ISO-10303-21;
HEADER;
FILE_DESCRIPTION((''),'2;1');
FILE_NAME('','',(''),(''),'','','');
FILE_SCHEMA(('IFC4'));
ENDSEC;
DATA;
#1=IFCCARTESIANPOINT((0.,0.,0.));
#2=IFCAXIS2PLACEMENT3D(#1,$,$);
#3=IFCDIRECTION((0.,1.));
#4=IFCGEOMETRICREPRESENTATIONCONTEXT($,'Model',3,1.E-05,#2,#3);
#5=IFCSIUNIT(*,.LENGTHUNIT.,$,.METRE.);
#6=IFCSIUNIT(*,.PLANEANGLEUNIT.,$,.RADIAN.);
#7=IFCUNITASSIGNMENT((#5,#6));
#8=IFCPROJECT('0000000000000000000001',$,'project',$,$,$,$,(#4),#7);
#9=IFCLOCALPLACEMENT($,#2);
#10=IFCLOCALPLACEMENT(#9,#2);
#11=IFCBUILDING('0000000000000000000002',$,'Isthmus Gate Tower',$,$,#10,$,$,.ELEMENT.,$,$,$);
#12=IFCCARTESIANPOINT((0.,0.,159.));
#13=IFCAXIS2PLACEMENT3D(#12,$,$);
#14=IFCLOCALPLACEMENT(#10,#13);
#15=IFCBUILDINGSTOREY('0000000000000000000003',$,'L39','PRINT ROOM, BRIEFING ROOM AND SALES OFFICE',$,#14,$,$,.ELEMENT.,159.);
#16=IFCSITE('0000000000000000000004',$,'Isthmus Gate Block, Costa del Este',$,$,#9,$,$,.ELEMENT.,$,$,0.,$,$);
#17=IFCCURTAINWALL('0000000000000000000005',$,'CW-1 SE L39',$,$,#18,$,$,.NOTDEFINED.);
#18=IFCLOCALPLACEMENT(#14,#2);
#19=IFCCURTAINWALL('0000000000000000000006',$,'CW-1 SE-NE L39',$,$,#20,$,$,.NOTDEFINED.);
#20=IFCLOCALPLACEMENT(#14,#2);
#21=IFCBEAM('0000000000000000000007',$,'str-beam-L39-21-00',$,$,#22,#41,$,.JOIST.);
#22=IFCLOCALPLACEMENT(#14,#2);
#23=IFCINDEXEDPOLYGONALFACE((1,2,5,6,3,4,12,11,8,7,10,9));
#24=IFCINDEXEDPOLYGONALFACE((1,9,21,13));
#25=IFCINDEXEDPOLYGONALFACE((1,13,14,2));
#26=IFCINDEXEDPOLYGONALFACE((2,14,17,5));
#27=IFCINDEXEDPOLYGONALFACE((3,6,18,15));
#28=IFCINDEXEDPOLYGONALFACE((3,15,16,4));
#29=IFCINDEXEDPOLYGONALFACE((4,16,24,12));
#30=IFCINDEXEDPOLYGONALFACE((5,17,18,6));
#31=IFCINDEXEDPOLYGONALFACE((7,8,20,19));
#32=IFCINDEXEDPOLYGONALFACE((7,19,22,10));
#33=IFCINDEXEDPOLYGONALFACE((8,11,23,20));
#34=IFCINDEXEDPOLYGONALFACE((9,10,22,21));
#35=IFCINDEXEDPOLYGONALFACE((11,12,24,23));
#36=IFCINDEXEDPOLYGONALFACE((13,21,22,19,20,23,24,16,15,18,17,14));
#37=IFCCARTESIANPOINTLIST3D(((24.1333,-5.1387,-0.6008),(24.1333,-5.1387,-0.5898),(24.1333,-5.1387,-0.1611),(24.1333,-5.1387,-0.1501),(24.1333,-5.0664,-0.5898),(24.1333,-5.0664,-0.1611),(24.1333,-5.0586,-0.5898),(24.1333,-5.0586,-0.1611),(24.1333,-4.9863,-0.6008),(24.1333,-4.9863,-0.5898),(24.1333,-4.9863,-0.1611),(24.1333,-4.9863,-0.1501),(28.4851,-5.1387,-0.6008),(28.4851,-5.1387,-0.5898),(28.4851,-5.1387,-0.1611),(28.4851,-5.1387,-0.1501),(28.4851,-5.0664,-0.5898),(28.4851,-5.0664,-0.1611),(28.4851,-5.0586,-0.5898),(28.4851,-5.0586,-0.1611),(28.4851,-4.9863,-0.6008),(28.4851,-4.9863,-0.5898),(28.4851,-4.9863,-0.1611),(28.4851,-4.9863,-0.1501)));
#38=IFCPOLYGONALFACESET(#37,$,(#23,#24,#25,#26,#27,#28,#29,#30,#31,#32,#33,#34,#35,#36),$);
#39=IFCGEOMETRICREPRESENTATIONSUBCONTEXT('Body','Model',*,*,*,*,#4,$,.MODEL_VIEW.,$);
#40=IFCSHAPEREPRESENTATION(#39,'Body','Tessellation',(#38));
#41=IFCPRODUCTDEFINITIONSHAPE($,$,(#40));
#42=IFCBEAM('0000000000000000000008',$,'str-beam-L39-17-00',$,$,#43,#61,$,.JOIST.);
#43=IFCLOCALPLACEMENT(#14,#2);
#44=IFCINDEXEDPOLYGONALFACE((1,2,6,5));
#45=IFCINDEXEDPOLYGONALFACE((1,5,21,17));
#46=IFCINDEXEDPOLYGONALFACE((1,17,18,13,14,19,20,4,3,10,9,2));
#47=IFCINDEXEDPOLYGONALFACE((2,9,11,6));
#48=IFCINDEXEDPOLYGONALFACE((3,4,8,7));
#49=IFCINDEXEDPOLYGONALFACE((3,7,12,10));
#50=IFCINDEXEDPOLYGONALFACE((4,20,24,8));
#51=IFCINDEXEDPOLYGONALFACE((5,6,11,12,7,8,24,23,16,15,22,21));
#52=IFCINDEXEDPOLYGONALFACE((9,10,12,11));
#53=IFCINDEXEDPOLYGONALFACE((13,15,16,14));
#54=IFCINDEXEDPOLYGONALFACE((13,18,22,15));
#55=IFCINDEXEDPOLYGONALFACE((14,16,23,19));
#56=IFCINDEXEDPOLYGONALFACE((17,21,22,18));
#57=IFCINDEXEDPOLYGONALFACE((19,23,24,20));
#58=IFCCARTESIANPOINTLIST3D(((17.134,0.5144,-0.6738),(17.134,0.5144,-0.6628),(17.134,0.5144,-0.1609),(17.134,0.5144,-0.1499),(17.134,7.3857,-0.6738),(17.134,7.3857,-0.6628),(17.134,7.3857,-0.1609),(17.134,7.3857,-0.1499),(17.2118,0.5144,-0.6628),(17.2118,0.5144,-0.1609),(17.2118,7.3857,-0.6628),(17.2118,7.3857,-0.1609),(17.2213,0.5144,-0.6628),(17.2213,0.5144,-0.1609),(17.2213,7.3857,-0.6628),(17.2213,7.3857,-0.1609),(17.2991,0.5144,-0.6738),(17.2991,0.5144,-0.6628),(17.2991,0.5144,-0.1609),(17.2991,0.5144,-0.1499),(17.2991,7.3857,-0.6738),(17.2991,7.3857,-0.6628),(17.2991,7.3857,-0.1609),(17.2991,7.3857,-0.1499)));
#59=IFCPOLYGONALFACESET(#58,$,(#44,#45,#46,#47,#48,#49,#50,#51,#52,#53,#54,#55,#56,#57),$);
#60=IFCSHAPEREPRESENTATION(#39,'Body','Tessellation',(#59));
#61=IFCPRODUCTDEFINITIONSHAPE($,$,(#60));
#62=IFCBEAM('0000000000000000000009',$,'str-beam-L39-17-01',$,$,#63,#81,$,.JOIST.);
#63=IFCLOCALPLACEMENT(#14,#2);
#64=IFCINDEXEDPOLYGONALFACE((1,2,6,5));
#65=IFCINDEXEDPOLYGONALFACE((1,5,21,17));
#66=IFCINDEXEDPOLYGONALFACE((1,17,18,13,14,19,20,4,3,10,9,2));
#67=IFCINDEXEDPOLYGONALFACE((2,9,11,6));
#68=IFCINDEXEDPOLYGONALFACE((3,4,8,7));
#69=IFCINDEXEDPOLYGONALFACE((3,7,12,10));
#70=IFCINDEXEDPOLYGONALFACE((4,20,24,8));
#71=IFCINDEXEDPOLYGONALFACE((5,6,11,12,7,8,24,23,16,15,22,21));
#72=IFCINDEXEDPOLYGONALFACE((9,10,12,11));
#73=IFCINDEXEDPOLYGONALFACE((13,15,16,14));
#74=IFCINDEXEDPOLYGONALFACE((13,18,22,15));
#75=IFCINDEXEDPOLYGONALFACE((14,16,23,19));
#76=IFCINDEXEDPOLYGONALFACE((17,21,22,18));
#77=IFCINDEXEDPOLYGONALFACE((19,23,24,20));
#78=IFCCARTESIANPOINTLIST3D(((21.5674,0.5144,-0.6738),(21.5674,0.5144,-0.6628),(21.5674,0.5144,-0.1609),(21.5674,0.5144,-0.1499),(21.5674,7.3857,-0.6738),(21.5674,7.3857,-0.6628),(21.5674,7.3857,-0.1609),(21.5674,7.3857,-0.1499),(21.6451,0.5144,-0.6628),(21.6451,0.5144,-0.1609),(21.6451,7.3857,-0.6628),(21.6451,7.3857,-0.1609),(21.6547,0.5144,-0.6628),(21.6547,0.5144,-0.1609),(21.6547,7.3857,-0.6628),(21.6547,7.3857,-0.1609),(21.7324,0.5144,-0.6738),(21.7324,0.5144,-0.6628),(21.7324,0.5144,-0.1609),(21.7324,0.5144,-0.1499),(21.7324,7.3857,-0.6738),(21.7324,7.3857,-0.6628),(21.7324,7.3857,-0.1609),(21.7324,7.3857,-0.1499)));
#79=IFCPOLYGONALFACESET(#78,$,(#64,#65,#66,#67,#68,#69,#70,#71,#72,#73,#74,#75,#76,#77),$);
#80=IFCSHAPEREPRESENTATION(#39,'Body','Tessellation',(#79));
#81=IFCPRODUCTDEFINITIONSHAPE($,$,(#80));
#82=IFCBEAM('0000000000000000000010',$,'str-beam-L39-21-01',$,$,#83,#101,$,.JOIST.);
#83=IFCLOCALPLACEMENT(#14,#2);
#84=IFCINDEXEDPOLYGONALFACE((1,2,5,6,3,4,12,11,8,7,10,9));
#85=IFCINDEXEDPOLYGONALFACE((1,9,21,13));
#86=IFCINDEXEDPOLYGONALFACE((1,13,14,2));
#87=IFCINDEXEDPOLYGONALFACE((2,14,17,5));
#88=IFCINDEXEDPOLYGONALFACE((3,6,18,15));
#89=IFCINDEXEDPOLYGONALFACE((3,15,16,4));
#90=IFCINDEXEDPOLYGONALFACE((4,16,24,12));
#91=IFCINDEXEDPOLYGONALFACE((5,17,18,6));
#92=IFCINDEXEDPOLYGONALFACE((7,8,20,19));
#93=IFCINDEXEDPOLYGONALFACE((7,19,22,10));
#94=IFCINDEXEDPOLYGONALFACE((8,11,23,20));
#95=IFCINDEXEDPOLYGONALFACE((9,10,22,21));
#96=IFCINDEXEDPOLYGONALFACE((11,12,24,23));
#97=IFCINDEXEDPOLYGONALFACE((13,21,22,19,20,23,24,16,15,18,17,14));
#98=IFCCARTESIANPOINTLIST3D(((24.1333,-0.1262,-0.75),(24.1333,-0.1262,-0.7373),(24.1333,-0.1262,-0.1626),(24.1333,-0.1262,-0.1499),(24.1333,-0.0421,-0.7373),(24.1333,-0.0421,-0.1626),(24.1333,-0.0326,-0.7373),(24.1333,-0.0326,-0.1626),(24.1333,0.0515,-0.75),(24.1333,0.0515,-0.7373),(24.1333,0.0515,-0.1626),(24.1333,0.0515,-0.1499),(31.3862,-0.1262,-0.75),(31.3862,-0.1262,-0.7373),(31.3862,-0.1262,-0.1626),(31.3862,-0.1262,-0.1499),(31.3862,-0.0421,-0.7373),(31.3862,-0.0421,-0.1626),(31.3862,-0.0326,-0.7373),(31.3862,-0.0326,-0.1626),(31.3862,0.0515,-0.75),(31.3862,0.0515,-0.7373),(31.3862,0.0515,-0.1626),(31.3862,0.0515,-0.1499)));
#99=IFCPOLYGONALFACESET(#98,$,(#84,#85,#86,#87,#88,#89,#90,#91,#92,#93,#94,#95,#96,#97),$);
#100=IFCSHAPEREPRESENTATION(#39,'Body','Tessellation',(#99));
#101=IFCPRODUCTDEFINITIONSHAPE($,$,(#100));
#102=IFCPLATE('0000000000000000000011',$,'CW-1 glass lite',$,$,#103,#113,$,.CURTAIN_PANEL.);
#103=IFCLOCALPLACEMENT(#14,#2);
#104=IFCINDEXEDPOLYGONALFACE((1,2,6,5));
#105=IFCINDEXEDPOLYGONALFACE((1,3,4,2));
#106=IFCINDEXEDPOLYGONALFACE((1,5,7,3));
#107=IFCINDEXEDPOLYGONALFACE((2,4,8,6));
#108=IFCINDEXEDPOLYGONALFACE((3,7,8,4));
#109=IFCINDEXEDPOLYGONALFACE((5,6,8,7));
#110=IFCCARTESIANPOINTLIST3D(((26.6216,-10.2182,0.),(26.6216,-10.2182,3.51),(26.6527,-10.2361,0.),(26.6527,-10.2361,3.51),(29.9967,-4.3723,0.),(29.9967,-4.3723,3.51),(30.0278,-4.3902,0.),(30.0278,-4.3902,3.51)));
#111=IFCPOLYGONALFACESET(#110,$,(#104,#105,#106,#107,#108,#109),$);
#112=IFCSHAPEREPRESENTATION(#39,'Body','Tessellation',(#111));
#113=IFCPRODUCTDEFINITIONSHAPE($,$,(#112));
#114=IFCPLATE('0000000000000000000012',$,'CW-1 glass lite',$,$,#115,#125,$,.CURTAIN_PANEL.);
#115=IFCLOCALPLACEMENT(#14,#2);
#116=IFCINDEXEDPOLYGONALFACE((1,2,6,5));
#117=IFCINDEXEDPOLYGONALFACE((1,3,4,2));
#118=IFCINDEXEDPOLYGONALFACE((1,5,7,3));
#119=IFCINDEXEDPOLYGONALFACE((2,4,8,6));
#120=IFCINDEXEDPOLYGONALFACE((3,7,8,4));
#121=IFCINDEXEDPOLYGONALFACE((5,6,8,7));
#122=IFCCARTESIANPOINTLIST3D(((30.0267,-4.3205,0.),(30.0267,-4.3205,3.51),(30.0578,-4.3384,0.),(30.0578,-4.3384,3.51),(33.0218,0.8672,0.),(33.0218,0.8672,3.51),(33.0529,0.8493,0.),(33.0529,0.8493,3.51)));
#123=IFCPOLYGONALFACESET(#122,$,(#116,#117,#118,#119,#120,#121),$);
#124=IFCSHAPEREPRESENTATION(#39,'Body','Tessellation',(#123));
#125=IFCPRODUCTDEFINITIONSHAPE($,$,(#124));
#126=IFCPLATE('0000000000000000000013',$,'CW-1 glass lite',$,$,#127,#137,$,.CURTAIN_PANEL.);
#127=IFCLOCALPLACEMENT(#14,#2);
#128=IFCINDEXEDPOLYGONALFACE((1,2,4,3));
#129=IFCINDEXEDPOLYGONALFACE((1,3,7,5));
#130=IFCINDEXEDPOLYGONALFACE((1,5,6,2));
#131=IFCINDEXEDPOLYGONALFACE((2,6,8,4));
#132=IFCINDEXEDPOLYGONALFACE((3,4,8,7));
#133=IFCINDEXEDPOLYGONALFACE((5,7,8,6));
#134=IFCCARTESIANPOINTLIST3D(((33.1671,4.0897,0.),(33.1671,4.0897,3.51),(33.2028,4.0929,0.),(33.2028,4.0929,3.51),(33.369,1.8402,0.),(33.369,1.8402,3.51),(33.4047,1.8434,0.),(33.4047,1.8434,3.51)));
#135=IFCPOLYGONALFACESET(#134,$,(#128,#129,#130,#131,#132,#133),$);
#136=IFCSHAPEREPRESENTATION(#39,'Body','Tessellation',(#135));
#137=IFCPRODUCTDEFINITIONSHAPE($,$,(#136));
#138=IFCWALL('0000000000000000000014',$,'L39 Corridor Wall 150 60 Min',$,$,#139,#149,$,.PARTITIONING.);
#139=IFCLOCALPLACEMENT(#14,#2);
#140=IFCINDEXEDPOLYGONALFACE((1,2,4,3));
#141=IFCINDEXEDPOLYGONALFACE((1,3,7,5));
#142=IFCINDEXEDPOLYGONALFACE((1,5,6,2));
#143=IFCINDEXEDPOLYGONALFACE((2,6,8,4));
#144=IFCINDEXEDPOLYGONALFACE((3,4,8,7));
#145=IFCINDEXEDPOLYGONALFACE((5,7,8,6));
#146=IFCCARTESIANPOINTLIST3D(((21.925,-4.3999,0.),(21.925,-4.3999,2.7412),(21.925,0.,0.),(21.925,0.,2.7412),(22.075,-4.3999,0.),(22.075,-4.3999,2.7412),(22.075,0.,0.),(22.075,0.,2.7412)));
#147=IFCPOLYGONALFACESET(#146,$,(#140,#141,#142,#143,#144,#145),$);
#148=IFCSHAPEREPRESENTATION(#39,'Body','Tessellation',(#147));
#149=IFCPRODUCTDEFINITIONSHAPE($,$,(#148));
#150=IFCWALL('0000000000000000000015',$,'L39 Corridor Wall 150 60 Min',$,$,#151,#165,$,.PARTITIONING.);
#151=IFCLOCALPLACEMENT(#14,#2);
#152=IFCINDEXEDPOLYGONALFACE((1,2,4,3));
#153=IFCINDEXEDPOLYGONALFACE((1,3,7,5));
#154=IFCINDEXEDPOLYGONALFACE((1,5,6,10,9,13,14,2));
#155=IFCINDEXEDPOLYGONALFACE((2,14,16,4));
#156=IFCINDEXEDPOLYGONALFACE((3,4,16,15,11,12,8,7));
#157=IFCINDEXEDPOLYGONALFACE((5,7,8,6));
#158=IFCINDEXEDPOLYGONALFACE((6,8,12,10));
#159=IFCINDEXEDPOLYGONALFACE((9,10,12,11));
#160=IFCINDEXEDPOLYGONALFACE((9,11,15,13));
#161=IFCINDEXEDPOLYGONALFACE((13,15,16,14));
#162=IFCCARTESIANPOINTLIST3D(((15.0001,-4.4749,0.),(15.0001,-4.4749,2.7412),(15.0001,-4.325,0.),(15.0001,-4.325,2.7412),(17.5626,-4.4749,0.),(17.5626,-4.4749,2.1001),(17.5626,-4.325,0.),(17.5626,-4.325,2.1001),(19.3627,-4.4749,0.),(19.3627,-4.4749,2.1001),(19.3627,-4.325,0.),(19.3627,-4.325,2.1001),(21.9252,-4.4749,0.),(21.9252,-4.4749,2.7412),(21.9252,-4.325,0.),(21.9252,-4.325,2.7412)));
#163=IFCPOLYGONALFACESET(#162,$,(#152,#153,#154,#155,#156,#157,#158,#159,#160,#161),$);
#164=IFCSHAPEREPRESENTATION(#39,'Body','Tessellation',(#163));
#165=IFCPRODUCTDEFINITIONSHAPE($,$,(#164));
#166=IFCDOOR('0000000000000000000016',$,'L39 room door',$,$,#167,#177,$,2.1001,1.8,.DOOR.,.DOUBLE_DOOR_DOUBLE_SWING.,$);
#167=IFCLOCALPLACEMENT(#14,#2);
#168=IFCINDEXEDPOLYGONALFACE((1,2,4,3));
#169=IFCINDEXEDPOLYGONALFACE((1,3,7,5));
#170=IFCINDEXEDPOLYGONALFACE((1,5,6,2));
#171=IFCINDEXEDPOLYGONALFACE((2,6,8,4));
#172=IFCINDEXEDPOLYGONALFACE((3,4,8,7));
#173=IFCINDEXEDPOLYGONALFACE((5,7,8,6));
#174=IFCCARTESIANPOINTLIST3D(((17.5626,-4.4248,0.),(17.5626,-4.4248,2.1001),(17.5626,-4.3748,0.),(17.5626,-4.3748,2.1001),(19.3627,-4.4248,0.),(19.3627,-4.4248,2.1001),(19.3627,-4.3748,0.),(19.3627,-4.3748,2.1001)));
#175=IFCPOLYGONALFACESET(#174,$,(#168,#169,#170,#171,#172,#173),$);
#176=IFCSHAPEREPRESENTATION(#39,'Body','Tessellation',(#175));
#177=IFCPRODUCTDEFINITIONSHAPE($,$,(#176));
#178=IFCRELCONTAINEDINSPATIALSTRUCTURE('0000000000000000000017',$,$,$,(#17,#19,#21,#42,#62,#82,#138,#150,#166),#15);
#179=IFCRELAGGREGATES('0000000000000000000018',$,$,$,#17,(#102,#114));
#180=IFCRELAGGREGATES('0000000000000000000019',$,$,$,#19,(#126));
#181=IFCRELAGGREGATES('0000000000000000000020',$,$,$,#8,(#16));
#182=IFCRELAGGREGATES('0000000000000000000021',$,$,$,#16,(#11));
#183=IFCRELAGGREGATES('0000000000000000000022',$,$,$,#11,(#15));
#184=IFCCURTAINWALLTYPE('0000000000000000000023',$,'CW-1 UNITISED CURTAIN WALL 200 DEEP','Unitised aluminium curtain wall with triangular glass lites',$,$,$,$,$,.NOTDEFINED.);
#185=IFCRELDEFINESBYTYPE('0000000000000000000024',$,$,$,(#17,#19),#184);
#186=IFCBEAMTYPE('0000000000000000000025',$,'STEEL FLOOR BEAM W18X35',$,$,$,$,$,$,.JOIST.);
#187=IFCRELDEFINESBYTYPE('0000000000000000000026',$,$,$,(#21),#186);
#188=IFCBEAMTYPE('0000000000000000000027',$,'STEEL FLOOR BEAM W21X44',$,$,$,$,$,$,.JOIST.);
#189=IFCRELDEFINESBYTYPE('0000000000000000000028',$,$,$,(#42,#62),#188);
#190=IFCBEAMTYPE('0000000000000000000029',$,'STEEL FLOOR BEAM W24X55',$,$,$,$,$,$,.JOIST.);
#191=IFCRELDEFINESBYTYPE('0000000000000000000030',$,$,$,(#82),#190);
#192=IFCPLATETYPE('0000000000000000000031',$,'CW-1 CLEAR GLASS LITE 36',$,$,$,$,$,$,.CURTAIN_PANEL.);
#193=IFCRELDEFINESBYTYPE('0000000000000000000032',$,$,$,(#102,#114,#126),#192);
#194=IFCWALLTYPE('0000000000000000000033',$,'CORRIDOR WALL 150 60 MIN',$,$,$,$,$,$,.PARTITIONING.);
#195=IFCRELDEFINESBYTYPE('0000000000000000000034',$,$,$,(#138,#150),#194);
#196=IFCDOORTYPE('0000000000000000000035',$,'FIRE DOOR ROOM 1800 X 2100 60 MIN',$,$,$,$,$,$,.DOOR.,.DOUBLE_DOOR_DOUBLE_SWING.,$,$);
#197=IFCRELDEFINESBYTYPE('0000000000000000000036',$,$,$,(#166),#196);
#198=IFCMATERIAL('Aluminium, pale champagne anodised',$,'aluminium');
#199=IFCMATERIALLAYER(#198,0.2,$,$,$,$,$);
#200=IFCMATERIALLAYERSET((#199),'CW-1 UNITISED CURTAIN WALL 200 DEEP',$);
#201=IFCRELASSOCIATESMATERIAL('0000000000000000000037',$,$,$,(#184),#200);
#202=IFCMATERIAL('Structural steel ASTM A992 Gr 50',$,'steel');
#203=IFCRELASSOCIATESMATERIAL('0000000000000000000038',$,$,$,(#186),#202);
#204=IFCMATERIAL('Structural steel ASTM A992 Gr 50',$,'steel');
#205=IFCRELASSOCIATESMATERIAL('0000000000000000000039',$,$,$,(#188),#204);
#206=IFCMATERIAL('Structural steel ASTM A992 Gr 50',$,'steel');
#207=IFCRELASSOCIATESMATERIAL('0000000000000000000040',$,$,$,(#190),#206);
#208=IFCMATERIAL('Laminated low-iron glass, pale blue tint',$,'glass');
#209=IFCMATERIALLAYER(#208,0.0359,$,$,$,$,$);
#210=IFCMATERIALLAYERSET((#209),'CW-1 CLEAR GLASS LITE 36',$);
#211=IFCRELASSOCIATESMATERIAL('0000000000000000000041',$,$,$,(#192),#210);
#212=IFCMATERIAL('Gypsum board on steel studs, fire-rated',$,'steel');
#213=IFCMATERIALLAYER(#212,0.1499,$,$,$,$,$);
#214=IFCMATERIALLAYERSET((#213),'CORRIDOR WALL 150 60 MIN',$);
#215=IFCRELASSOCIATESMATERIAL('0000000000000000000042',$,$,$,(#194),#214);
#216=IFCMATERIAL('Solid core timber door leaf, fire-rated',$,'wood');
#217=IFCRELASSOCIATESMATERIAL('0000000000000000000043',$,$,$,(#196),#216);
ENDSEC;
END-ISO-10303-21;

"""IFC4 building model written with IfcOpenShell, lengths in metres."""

from ifc_helpers import new_model, si_unit, direction, frame, frame_2d, origin, origin_2d, place, context, subcontext, project, spatial, rectangle, i_section, extrude, material, layer, layer_set, material_profile, profile_set, type_object, element, fill, aggregate, save


model = new_model("IFC4")

# Units and contexts
model_context = context("Model", 3, precision=1e-05, world=origin(), true_north=direction((0.0, 1.0)))
body_context = subcontext(model_context, "Body", "Model", "MODEL_VIEW")
ifc_project = project(units=[si_unit("LENGTHUNIT", "METRE"), si_unit("PLANEANGLEUNIT", "RADIAN")], contexts=[model_context])

# Site, building, storey
site_placement = place(None, origin())
site = spatial("IfcSite", under=ifc_project, at=site_placement, Name="Isthmus Gate Block, Costa del Este", CompositionType="ELEMENT", RefElevation=0.0)
building_placement = place(site_placement, origin())
building = spatial("IfcBuilding", under=site, at=building_placement, Name="Isthmus Gate Tower", CompositionType="ELEMENT")
storey_placement = place(building_placement, frame((0.0, 0.0, 159.0)))
storey = spatial("IfcBuildingStorey", under=building, at=storey_placement, Name="L39", Description="PRINT ROOM, BRIEFING ROOM AND SALES OFFICE", CompositionType="ELEMENT", Elevation=159.0)

# Curtain walls
ifc_material_1 = material(Name="Aluminium, pale champagne anodised", Category="aluminium")
ifc_layer_1 = layer(ifc_material_1, 0.2)
ifc_layer_set_1 = layer_set([ifc_layer_1], Name="CW-1 UNITISED CURTAIN WALL 200 DEEP")
curtain_wall_type = type_object("IfcCurtainWallType", Name="CW-1 UNITISED CURTAIN WALL 200 DEEP", Description="Unitised aluminium curtain wall with triangular glass lites", PredefinedType="NOTDEFINED", material=ifc_layer_set_1)
curtain_wall_1_placement = place(storey_placement, origin())
curtain_wall_1 = element("IfcCurtainWall", 1, at=curtain_wall_1_placement, inside=storey, type_object=curtain_wall_type, Name="CW-1 SE L39", PredefinedType="NOTDEFINED")
curtain_wall_2_placement = place(storey_placement, origin())
curtain_wall_2 = element("IfcCurtainWall", 2, at=curtain_wall_2_placement, inside=storey, type_object=curtain_wall_type, Name="CW-1 SE-NE L39", PredefinedType="NOTDEFINED")

# Beams
ifc_material_2 = material(Name="Structural steel ASTM A992 Gr 50", Category="steel")
ifc_material_profile_1 = material_profile(ifc_material_2, i_section(OverallWidth=0.1523, OverallDepth=0.4507, WebThickness=0.0078, FlangeThickness=0.011, at=origin_2d()), Name="W18X35")
ifc_profile_set_1 = profile_set([ifc_material_profile_1], Name="Structural steel ASTM A992 Gr 50")
beam_type_1 = type_object("IfcBeamType", Name="STEEL FLOOR BEAM W18X35", PredefinedType="JOIST", material=ifc_profile_set_1)
beam_1_placement = place(storey_placement, frame((24.1333, -5.0625, -0.3755), z_axis=(1.0, 0.0, 0.0), x_axis=(0.0, 1.0, 0.0)))
element("IfcBeam", 3, at=beam_1_placement, inside=storey, type_object=beam_type_1, Name="str-beam-L39-21-00", PredefinedType="JOIST", context=body_context, shape_type="SweptSolid", body=[
    extrude(i_section(OverallWidth=0.1523, OverallDepth=0.4507, WebThickness=0.0078, FlangeThickness=0.011, at=origin_2d()), origin(), (0.0, 0.0, 1.0), 4.3518),
])
ifc_material_3 = material(Name="Structural steel ASTM A992 Gr 50", Category="steel")
ifc_material_profile_2 = material_profile(ifc_material_3, i_section(OverallWidth=0.165, OverallDepth=0.5239, WebThickness=0.0095, FlangeThickness=0.011, at=origin_2d()), Name="W21X44")
ifc_profile_set_2 = profile_set([ifc_material_profile_2], Name="Structural steel ASTM A992 Gr 50")
beam_type_2 = type_object("IfcBeamType", Name="STEEL FLOOR BEAM W21X44", PredefinedType="JOIST", material=ifc_profile_set_2)
for number, where, z_axis, x_axis, name in (
    (4, (17.2166, 0.5144, -0.4119), (0.0, 1.0, 0.0), (-1.0, 0.0, 0.0), "str-beam-L39-17-00"),
    (5, (21.6499, 0.5144, -0.4119), (0.0, 1.0, 0.0), (-1.0, 0.0, 0.0), "str-beam-L39-17-01"),
):
    element("IfcBeam", number, at=place(storey_placement, frame(where, z_axis=z_axis, x_axis=x_axis)), inside=storey, type_object=beam_type_2, Name=name, PredefinedType="JOIST", context=body_context, shape_type="SweptSolid", body=[
        extrude(i_section(OverallWidth=0.165, OverallDepth=0.5239, WebThickness=0.0095, FlangeThickness=0.011, at=origin_2d()), origin(), (0.0, 0.0, 1.0), 6.8713),
    ])
ifc_material_4 = material(Name="Structural steel ASTM A992 Gr 50", Category="steel")
ifc_material_profile_3 = material_profile(ifc_material_4, i_section(OverallWidth=0.1777, OverallDepth=0.6001, WebThickness=0.0095, FlangeThickness=0.0127, at=origin_2d()), Name="W24X55")
ifc_profile_set_3 = profile_set([ifc_material_profile_3], Name="Structural steel ASTM A992 Gr 50")
beam_type_3 = type_object("IfcBeamType", Name="STEEL FLOOR BEAM W24X55", PredefinedType="JOIST", material=ifc_profile_set_3)
beam_2_placement = place(storey_placement, frame((24.1333, -0.0374, -0.45), z_axis=(1.0, 0.0, 0.0), x_axis=(0.0, 1.0, 0.0)))
element("IfcBeam", 6, at=beam_2_placement, inside=storey, type_object=beam_type_3, Name="str-beam-L39-21-01", PredefinedType="JOIST", context=body_context, shape_type="SweptSolid", body=[
    extrude(i_section(OverallWidth=0.1777, OverallDepth=0.6001, WebThickness=0.0095, FlangeThickness=0.0127, at=origin_2d()), origin(), (0.0, 0.0, 1.0), 7.2529),
])

# Plates
ifc_material_5 = material(Name="Laminated low-iron glass, pale blue tint", Category="glass")
ifc_layer_2 = layer(ifc_material_5, 0.0359)
ifc_layer_set_2 = layer_set([ifc_layer_2], Name="CW-1 CLEAR GLASS LITE 36")
plate_type = type_object("IfcPlateType", Name="CW-1 CLEAR GLASS LITE 36", PredefinedType="CURTAIN_PANEL", material=ifc_layer_set_2)
plate_1_placement = place(storey_placement, frame((28.3247, -7.3042, 0.0), z_axis=(0.0, 0.0, 1.0), x_axis=(0.5, 0.866025, 0.0)))
plate_1 = element("IfcPlate", 7, at=plate_1_placement, type_object=plate_type, Name="CW-1 glass lite", PredefinedType="CURTAIN_PANEL", context=body_context, shape_type="SweptSolid", body=[
    extrude(rectangle(XDim=6.7502, YDim=0.0359, at=origin_2d()), origin(), (0.0, 0.0, 1.0), 3.51),
])
plate_2_placement = place(storey_placement, frame((31.5398, -1.7356, 0.0), z_axis=(0.0, 0.0, 1.0), x_axis=(0.5, 0.866025, 0.0)))
plate_2 = element("IfcPlate", 8, at=plate_2_placement, type_object=plate_type, Name="CW-1 glass lite", PredefinedType="CURTAIN_PANEL", context=body_context, shape_type="SweptSolid", body=[
    extrude(rectangle(XDim=5.9902, YDim=0.0359, at=origin_2d()), origin(), (0.0, 0.0, 1.0), 3.51),
])
aggregate(curtain_wall_1, [plate_1, plate_2])
plate_3_placement = place(storey_placement, frame((33.2859, 2.9666, 0.0), z_axis=(0.0, 0.0, 1.0), x_axis=(-0.089397, 0.995996, 0.0)))
plate_3 = element("IfcPlate", 9, at=plate_3_placement, type_object=plate_type, Name="CW-1 glass lite", PredefinedType="CURTAIN_PANEL", context=body_context, shape_type="SweptSolid", body=[
    extrude(rectangle(XDim=2.2585, YDim=0.0359, at=origin_2d()), origin(), (0.0, 0.0, 1.0), 3.51),
])
aggregate(curtain_wall_2, [plate_3])

# Wall
ifc_material_6 = material(Name="Gypsum board on steel studs, fire-rated", Category="steel")
ifc_layer_3 = layer(ifc_material_6, 0.1499)
ifc_layer_set_3 = layer_set([ifc_layer_3], Name="CORRIDOR WALL 150 60 MIN")
wall_type_1 = type_object("IfcWallType", Name="CORRIDOR WALL 150 60 MIN", PredefinedType="PARTITIONING", material=ifc_layer_set_3)
wall_1_placement = place(storey_placement, frame((22.0, 0.0, 0.0), z_axis=(0.0, 0.0, 1.0), x_axis=(0.0, -1.0, 0.0)))
element("IfcWall", 10, at=wall_1_placement, inside=storey, type_object=wall_type_1, Name="L39 Corridor Wall 150 60 Min", PredefinedType="PARTITIONING", context=body_context, shape_type="SweptSolid", body=[
    extrude(rectangle(XDim=4.3999, YDim=0.1499, at=frame_2d((2.2, 0.0))), origin(), (0.0, 0.0, 1.0), 2.7412),
])

# Wall, opening, door
wall_2_placement = place(storey_placement, frame((21.925, -4.3999, 0.0), z_axis=(0.0, 0.0, 1.0), x_axis=(-1.0, 0.0, 0.0)))
wall_2 = element("IfcWall", 11, at=wall_2_placement, inside=storey, type_object=wall_type_1, Name="L39 Corridor Wall 150 60 Min", PredefinedType="PARTITIONING", context=body_context, shape_type="SweptSolid", body=[
    extrude(rectangle(XDim=6.925, YDim=0.1499, at=frame_2d((3.4624, 0.0))), origin(), (0.0, 0.0, 1.0), 2.7412),
])
opening_1_placement = place(wall_2_placement, frame((2.5625, 0.0, 0.0)))
opening_1 = element("IfcOpeningElement", 12, at=opening_1_placement, cuts=wall_2, PredefinedType="OPENING", context=body_context, shape_type="SweptSolid", body=[
    extrude(rectangle(XDim=1.8, YDim=2.1001, at=frame_2d((0.8999, 1.05))), frame((0.0, 0.085, 0.0), z_axis=(0.0, -1.0, 0.0), x_axis=(1.0, 0.0, 0.0)), (0.0, 0.0, 1.0), 0.1699),
])
ifc_material_7 = material(Name="Solid core timber door leaf, fire-rated", Category="wood")
door_type_1 = type_object("IfcDoorType", Name="FIRE DOOR ROOM 1800 X 2100 60 MIN", OperationType="DOUBLE_DOOR_DOUBLE_SWING", PredefinedType="DOOR", material=ifc_material_7)
door_1_placement = place(opening_1_placement, origin())
door_1 = element("IfcDoor", 13, at=door_1_placement, inside=storey, type_object=door_type_1, Name="L39 room door", OperationType="DOUBLE_DOOR_DOUBLE_SWING", OverallHeight=2.1001, OverallWidth=1.8, PredefinedType="DOOR", context=body_context, shape_type="SweptSolid", body=[
    extrude(rectangle(XDim=1.8, YDim=2.1001, at=frame_2d((0.8999, 1.05))), frame((0.0, 0.0249, 0.0), z_axis=(0.0, -1.0, 0.0), x_axis=(1.0, 0.0, 0.0)), (0.0, 0.0, 1.0), 0.05),
])
fill(opening_1, door_1)

save(model, "model.ifc")
